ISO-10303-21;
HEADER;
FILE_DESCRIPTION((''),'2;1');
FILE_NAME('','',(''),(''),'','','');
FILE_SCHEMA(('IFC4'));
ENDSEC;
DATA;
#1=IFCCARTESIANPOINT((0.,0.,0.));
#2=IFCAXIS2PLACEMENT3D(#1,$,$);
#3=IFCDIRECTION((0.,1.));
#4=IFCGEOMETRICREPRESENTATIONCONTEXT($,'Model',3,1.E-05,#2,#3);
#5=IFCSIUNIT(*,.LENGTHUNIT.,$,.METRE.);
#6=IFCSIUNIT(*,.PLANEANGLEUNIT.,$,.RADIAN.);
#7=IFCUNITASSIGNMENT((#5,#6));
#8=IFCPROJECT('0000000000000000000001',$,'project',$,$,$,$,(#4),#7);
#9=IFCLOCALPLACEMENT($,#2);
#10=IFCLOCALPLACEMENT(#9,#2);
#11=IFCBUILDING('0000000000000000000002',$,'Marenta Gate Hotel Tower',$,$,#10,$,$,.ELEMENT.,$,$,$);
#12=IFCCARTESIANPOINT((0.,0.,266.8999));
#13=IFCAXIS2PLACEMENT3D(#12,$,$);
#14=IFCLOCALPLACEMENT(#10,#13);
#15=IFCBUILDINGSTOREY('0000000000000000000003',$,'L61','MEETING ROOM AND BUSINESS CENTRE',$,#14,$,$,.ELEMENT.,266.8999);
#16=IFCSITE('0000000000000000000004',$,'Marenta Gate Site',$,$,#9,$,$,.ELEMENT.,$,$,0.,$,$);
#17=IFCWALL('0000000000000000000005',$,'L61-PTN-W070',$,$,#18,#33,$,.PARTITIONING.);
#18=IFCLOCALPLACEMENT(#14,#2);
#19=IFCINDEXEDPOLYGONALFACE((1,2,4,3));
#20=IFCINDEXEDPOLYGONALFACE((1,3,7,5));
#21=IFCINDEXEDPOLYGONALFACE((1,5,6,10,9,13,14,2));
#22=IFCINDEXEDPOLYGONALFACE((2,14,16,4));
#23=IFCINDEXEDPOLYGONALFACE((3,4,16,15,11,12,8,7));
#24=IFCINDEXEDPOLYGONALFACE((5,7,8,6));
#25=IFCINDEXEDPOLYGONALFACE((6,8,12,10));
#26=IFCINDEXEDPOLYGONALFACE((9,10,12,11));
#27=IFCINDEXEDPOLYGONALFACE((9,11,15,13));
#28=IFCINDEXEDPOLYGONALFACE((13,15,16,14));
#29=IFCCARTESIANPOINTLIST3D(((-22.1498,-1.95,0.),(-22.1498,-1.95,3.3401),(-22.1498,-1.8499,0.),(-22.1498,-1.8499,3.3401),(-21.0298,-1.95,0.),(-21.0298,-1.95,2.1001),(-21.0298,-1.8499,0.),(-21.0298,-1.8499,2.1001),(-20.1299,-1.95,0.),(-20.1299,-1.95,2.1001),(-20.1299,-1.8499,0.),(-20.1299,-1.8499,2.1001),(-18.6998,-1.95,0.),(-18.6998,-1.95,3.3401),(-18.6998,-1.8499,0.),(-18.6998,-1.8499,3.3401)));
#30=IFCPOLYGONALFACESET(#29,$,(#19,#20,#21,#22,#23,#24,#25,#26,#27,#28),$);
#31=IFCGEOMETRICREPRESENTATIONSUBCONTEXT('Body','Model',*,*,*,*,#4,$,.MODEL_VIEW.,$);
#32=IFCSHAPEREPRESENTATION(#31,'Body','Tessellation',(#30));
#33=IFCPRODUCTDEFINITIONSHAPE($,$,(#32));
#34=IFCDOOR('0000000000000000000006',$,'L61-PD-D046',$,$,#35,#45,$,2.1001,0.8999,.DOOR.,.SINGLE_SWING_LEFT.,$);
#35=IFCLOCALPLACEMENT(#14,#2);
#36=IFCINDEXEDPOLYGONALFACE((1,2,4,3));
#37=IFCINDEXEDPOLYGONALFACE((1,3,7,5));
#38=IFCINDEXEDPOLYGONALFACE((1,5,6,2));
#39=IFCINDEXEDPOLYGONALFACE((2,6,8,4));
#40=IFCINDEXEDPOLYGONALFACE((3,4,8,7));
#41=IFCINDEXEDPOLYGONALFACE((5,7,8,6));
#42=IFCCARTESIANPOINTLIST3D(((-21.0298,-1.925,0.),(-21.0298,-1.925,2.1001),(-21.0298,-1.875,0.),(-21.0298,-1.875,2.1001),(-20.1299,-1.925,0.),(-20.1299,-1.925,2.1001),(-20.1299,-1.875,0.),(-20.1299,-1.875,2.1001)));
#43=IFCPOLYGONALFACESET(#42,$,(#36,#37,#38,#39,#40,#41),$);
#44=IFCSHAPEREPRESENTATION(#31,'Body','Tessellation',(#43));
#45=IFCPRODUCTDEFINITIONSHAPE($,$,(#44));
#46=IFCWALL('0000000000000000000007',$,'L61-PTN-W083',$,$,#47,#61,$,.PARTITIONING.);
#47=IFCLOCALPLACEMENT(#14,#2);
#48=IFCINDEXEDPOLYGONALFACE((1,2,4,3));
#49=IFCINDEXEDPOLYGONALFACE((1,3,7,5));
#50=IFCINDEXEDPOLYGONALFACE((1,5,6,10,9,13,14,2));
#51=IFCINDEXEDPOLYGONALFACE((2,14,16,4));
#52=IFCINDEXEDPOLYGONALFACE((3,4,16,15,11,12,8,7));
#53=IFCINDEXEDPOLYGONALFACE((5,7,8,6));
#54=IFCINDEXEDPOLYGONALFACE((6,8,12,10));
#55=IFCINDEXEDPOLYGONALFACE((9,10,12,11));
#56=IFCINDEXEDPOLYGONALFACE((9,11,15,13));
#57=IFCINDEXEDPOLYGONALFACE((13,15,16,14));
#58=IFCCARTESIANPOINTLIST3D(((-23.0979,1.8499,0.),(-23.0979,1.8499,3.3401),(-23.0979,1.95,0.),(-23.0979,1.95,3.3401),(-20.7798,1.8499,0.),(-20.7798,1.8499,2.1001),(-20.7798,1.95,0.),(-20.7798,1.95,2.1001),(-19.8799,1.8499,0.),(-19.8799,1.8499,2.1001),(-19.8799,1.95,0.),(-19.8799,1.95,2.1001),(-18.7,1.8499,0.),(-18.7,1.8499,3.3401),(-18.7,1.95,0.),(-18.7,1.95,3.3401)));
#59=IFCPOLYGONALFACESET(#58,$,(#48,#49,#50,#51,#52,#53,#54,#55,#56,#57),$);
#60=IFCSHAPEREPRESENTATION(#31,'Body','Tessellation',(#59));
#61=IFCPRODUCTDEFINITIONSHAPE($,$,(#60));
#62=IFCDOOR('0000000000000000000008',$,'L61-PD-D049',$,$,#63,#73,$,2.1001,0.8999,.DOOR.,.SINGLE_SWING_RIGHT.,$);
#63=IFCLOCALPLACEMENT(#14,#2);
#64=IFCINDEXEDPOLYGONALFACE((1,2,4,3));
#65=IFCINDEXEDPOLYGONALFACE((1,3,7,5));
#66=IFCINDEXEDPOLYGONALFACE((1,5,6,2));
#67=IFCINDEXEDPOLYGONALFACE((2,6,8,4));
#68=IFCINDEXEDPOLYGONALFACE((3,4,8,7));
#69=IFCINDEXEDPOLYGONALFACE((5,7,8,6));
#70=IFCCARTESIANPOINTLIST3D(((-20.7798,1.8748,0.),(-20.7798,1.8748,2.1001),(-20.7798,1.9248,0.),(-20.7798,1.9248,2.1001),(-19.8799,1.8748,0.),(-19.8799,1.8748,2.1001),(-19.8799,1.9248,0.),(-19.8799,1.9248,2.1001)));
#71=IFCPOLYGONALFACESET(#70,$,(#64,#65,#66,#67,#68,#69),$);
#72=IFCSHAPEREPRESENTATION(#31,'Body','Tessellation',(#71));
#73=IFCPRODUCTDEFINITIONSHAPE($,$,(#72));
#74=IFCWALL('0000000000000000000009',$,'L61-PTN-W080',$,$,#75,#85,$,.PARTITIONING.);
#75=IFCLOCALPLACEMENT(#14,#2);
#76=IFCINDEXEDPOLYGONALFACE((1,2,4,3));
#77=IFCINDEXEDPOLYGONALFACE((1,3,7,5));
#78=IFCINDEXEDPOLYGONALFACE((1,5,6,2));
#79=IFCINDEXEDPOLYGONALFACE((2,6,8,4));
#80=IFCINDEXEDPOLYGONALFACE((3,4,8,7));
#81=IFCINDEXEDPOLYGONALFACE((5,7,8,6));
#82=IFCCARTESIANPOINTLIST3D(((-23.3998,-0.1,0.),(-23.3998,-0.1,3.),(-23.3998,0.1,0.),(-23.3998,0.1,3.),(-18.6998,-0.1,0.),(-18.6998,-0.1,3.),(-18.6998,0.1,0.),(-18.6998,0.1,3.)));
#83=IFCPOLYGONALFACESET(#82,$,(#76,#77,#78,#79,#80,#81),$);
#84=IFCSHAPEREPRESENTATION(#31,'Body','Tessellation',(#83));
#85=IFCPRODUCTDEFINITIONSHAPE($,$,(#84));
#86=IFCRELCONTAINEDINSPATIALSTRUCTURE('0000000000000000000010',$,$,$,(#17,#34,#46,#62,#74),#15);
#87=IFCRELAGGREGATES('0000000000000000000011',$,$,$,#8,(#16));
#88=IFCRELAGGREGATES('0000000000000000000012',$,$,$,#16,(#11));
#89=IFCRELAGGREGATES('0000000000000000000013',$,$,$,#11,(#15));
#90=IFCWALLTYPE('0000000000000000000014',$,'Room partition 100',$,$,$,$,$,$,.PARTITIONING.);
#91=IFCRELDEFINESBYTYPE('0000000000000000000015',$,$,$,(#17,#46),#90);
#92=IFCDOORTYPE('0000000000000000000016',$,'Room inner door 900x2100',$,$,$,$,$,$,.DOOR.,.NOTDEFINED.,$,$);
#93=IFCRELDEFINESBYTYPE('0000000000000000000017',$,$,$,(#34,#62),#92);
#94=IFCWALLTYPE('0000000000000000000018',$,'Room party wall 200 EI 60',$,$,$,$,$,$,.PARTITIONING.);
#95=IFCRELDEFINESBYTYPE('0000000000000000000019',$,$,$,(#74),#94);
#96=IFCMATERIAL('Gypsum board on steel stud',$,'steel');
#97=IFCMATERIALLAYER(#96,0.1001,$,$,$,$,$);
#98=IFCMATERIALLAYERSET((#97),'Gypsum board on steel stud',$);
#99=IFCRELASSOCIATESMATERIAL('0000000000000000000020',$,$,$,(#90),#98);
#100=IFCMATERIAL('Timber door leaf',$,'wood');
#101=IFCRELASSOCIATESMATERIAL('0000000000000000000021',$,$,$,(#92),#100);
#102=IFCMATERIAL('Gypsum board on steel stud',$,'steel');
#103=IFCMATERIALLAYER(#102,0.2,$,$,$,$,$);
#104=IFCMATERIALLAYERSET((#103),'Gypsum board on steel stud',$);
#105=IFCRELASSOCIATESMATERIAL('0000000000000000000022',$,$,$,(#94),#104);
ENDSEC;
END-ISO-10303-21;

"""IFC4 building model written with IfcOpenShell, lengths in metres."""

from ifc_helpers import new_model, si_unit, direction, frame, frame_2d, origin, place, context, subcontext, project, spatial, rectangle, extrude, material, layer, layer_set, type_object, element, fill, save


model = new_model("IFC4")

# Units and contexts
model_context = context("Model", 3, precision=1e-05, world=origin(), true_north=direction((0.0, 1.0)))
body_context = subcontext(model_context, "Body", "Model", "MODEL_VIEW")
ifc_project = project(units=[si_unit("LENGTHUNIT", "METRE"), si_unit("PLANEANGLEUNIT", "RADIAN")], contexts=[model_context])

# Site, building, storey
site_placement = place(None, origin())
site = spatial("IfcSite", under=ifc_project, at=site_placement, Name="Marenta Gate Site", CompositionType="ELEMENT", RefElevation=0.0)
building_placement = place(site_placement, origin())
building = spatial("IfcBuilding", under=site, at=building_placement, Name="Marenta Gate Hotel Tower", CompositionType="ELEMENT")
storey_placement = place(building_placement, frame((0.0, 0.0, 266.8999)))
storey = spatial("IfcBuildingStorey", under=building, at=storey_placement, Name="L61", Description="MEETING ROOM AND BUSINESS CENTRE", CompositionType="ELEMENT", Elevation=266.8999)

# Walls, openings, doors
ifc_material_1 = material(Name="Gypsum board on steel stud", Category="steel")
ifc_layer_1 = layer(ifc_material_1, 0.1001)
ifc_layer_set_1 = layer_set([ifc_layer_1], Name="Gypsum board on steel stud")
wall_type_1 = type_object("IfcWallType", Name="Room partition 100", PredefinedType="PARTITIONING", material=ifc_layer_set_1)
wall_1_placement = place(storey_placement, frame((-22.1499, -1.8999, 0.0), z_axis=(0.0, 0.0, 1.0), x_axis=(1.0, 0.0, 0.0)))
wall_1 = element("IfcWall", 1, at=wall_1_placement, inside=storey, type_object=wall_type_1, Name="L61-PTN-W070", PredefinedType="PARTITIONING", context=body_context, shape_type="SweptSolid", body=[
    extrude(rectangle(XDim=3.45, YDim=0.1001, at=frame_2d((1.7251, 0.0))), origin(), (0.0, 0.0, 1.0), 3.3401),
])
opening_1_placement = place(wall_1_placement, frame((1.1201, 0.0, 0.0)))
opening_1 = element("IfcOpeningElement", 2, at=opening_1_placement, cuts=wall_1, PredefinedType="OPENING", context=body_context, shape_type="SweptSolid", body=[
    extrude(rectangle(XDim=0.8999, YDim=2.1001, at=frame_2d((0.45, 1.05))), frame((0.0, 0.05, 0.0), z_axis=(0.0, -1.0, 0.0), x_axis=(1.0, 0.0, 0.0)), (0.0, 0.0, 1.0), 0.1001),
])
ifc_material_2 = material(Name="Timber door leaf", Category="wood")
door_type_1 = type_object("IfcDoorType", Name="Room inner door 900x2100", OperationType="NOTDEFINED", PredefinedType="DOOR", material=ifc_material_2)
door_1_placement = place(opening_1_placement, origin())
door_1 = element("IfcDoor", 3, at=door_1_placement, inside=storey, type_object=door_type_1, Name="L61-PD-D046", OperationType="SINGLE_SWING_LEFT", OverallHeight=2.1001, OverallWidth=0.8999, PredefinedType="DOOR", context=body_context, shape_type="SweptSolid", body=[
    extrude(rectangle(XDim=0.8999, YDim=2.1001, at=frame_2d((0.45, 1.05))), frame((0.0, 0.0249, 0.0), z_axis=(0.0, -1.0, 0.0), x_axis=(1.0, 0.0, 0.0)), (0.0, 0.0, 1.0), 0.05),
])
fill(opening_1, door_1)
wall_2_placement = place(storey_placement, frame((-23.0979, 1.8999, 0.0), z_axis=(0.0, 0.0, 1.0), x_axis=(1.0, 0.0, 0.0)))
wall_2 = element("IfcWall", 4, at=wall_2_placement, inside=storey, type_object=wall_type_1, Name="L61-PTN-W083", PredefinedType="PARTITIONING", context=body_context, shape_type="SweptSolid", body=[
    extrude(rectangle(XDim=4.3979, YDim=0.1001, at=frame_2d((2.199, 0.0))), origin(), (0.0, 0.0, 1.0), 3.3401),
])
opening_2_placement = place(wall_2_placement, frame((2.3181, 0.0, 0.0)))
opening_2 = element("IfcOpeningElement", 5, at=opening_2_placement, cuts=wall_2, PredefinedType="OPENING", context=body_context, shape_type="SweptSolid", body=[
    extrude(rectangle(XDim=0.8999, YDim=2.1001, at=frame_2d((0.45, 1.05))), frame((0.0, 0.05, 0.0), z_axis=(0.0, -1.0, 0.0), x_axis=(1.0, 0.0, 0.0)), (0.0, 0.0, 1.0), 0.1001),
])
door_2_placement = place(opening_2_placement, origin())
door_2 = element("IfcDoor", 6, at=door_2_placement, inside=storey, type_object=door_type_1, Name="L61-PD-D049", OperationType="SINGLE_SWING_RIGHT", OverallHeight=2.1001, OverallWidth=0.8999, PredefinedType="DOOR", context=body_context, shape_type="SweptSolid", body=[
    extrude(rectangle(XDim=0.8999, YDim=2.1001, at=frame_2d((0.45, 1.05))), frame((0.0, 0.0249, 0.0), z_axis=(0.0, -1.0, 0.0), x_axis=(1.0, 0.0, 0.0)), (0.0, 0.0, 1.0), 0.05),
])
fill(opening_2, door_2)

# Wall
ifc_material_3 = material(Name="Gypsum board on steel stud", Category="steel")
ifc_layer_2 = layer(ifc_material_3, 0.2)
ifc_layer_set_2 = layer_set([ifc_layer_2], Name="Gypsum board on steel stud")
wall_type_2 = type_object("IfcWallType", Name="Room party wall 200 EI 60", PredefinedType="PARTITIONING", material=ifc_layer_set_2)
wall_3_placement = place(storey_placement, frame((-23.3999, 0.0, 0.0), z_axis=(0.0, 0.0, 1.0), x_axis=(1.0, 0.0, 0.0)))
element("IfcWall", 7, at=wall_3_placement, inside=storey, type_object=wall_type_2, Name="L61-PTN-W080", PredefinedType="PARTITIONING", context=body_context, shape_type="SweptSolid", body=[
    extrude(rectangle(XDim=4.7, YDim=0.2, at=frame_2d((2.3501, 0.0))), origin(), (0.0, 0.0, 1.0), 3.0),
])

save(model, "model.ifc")
